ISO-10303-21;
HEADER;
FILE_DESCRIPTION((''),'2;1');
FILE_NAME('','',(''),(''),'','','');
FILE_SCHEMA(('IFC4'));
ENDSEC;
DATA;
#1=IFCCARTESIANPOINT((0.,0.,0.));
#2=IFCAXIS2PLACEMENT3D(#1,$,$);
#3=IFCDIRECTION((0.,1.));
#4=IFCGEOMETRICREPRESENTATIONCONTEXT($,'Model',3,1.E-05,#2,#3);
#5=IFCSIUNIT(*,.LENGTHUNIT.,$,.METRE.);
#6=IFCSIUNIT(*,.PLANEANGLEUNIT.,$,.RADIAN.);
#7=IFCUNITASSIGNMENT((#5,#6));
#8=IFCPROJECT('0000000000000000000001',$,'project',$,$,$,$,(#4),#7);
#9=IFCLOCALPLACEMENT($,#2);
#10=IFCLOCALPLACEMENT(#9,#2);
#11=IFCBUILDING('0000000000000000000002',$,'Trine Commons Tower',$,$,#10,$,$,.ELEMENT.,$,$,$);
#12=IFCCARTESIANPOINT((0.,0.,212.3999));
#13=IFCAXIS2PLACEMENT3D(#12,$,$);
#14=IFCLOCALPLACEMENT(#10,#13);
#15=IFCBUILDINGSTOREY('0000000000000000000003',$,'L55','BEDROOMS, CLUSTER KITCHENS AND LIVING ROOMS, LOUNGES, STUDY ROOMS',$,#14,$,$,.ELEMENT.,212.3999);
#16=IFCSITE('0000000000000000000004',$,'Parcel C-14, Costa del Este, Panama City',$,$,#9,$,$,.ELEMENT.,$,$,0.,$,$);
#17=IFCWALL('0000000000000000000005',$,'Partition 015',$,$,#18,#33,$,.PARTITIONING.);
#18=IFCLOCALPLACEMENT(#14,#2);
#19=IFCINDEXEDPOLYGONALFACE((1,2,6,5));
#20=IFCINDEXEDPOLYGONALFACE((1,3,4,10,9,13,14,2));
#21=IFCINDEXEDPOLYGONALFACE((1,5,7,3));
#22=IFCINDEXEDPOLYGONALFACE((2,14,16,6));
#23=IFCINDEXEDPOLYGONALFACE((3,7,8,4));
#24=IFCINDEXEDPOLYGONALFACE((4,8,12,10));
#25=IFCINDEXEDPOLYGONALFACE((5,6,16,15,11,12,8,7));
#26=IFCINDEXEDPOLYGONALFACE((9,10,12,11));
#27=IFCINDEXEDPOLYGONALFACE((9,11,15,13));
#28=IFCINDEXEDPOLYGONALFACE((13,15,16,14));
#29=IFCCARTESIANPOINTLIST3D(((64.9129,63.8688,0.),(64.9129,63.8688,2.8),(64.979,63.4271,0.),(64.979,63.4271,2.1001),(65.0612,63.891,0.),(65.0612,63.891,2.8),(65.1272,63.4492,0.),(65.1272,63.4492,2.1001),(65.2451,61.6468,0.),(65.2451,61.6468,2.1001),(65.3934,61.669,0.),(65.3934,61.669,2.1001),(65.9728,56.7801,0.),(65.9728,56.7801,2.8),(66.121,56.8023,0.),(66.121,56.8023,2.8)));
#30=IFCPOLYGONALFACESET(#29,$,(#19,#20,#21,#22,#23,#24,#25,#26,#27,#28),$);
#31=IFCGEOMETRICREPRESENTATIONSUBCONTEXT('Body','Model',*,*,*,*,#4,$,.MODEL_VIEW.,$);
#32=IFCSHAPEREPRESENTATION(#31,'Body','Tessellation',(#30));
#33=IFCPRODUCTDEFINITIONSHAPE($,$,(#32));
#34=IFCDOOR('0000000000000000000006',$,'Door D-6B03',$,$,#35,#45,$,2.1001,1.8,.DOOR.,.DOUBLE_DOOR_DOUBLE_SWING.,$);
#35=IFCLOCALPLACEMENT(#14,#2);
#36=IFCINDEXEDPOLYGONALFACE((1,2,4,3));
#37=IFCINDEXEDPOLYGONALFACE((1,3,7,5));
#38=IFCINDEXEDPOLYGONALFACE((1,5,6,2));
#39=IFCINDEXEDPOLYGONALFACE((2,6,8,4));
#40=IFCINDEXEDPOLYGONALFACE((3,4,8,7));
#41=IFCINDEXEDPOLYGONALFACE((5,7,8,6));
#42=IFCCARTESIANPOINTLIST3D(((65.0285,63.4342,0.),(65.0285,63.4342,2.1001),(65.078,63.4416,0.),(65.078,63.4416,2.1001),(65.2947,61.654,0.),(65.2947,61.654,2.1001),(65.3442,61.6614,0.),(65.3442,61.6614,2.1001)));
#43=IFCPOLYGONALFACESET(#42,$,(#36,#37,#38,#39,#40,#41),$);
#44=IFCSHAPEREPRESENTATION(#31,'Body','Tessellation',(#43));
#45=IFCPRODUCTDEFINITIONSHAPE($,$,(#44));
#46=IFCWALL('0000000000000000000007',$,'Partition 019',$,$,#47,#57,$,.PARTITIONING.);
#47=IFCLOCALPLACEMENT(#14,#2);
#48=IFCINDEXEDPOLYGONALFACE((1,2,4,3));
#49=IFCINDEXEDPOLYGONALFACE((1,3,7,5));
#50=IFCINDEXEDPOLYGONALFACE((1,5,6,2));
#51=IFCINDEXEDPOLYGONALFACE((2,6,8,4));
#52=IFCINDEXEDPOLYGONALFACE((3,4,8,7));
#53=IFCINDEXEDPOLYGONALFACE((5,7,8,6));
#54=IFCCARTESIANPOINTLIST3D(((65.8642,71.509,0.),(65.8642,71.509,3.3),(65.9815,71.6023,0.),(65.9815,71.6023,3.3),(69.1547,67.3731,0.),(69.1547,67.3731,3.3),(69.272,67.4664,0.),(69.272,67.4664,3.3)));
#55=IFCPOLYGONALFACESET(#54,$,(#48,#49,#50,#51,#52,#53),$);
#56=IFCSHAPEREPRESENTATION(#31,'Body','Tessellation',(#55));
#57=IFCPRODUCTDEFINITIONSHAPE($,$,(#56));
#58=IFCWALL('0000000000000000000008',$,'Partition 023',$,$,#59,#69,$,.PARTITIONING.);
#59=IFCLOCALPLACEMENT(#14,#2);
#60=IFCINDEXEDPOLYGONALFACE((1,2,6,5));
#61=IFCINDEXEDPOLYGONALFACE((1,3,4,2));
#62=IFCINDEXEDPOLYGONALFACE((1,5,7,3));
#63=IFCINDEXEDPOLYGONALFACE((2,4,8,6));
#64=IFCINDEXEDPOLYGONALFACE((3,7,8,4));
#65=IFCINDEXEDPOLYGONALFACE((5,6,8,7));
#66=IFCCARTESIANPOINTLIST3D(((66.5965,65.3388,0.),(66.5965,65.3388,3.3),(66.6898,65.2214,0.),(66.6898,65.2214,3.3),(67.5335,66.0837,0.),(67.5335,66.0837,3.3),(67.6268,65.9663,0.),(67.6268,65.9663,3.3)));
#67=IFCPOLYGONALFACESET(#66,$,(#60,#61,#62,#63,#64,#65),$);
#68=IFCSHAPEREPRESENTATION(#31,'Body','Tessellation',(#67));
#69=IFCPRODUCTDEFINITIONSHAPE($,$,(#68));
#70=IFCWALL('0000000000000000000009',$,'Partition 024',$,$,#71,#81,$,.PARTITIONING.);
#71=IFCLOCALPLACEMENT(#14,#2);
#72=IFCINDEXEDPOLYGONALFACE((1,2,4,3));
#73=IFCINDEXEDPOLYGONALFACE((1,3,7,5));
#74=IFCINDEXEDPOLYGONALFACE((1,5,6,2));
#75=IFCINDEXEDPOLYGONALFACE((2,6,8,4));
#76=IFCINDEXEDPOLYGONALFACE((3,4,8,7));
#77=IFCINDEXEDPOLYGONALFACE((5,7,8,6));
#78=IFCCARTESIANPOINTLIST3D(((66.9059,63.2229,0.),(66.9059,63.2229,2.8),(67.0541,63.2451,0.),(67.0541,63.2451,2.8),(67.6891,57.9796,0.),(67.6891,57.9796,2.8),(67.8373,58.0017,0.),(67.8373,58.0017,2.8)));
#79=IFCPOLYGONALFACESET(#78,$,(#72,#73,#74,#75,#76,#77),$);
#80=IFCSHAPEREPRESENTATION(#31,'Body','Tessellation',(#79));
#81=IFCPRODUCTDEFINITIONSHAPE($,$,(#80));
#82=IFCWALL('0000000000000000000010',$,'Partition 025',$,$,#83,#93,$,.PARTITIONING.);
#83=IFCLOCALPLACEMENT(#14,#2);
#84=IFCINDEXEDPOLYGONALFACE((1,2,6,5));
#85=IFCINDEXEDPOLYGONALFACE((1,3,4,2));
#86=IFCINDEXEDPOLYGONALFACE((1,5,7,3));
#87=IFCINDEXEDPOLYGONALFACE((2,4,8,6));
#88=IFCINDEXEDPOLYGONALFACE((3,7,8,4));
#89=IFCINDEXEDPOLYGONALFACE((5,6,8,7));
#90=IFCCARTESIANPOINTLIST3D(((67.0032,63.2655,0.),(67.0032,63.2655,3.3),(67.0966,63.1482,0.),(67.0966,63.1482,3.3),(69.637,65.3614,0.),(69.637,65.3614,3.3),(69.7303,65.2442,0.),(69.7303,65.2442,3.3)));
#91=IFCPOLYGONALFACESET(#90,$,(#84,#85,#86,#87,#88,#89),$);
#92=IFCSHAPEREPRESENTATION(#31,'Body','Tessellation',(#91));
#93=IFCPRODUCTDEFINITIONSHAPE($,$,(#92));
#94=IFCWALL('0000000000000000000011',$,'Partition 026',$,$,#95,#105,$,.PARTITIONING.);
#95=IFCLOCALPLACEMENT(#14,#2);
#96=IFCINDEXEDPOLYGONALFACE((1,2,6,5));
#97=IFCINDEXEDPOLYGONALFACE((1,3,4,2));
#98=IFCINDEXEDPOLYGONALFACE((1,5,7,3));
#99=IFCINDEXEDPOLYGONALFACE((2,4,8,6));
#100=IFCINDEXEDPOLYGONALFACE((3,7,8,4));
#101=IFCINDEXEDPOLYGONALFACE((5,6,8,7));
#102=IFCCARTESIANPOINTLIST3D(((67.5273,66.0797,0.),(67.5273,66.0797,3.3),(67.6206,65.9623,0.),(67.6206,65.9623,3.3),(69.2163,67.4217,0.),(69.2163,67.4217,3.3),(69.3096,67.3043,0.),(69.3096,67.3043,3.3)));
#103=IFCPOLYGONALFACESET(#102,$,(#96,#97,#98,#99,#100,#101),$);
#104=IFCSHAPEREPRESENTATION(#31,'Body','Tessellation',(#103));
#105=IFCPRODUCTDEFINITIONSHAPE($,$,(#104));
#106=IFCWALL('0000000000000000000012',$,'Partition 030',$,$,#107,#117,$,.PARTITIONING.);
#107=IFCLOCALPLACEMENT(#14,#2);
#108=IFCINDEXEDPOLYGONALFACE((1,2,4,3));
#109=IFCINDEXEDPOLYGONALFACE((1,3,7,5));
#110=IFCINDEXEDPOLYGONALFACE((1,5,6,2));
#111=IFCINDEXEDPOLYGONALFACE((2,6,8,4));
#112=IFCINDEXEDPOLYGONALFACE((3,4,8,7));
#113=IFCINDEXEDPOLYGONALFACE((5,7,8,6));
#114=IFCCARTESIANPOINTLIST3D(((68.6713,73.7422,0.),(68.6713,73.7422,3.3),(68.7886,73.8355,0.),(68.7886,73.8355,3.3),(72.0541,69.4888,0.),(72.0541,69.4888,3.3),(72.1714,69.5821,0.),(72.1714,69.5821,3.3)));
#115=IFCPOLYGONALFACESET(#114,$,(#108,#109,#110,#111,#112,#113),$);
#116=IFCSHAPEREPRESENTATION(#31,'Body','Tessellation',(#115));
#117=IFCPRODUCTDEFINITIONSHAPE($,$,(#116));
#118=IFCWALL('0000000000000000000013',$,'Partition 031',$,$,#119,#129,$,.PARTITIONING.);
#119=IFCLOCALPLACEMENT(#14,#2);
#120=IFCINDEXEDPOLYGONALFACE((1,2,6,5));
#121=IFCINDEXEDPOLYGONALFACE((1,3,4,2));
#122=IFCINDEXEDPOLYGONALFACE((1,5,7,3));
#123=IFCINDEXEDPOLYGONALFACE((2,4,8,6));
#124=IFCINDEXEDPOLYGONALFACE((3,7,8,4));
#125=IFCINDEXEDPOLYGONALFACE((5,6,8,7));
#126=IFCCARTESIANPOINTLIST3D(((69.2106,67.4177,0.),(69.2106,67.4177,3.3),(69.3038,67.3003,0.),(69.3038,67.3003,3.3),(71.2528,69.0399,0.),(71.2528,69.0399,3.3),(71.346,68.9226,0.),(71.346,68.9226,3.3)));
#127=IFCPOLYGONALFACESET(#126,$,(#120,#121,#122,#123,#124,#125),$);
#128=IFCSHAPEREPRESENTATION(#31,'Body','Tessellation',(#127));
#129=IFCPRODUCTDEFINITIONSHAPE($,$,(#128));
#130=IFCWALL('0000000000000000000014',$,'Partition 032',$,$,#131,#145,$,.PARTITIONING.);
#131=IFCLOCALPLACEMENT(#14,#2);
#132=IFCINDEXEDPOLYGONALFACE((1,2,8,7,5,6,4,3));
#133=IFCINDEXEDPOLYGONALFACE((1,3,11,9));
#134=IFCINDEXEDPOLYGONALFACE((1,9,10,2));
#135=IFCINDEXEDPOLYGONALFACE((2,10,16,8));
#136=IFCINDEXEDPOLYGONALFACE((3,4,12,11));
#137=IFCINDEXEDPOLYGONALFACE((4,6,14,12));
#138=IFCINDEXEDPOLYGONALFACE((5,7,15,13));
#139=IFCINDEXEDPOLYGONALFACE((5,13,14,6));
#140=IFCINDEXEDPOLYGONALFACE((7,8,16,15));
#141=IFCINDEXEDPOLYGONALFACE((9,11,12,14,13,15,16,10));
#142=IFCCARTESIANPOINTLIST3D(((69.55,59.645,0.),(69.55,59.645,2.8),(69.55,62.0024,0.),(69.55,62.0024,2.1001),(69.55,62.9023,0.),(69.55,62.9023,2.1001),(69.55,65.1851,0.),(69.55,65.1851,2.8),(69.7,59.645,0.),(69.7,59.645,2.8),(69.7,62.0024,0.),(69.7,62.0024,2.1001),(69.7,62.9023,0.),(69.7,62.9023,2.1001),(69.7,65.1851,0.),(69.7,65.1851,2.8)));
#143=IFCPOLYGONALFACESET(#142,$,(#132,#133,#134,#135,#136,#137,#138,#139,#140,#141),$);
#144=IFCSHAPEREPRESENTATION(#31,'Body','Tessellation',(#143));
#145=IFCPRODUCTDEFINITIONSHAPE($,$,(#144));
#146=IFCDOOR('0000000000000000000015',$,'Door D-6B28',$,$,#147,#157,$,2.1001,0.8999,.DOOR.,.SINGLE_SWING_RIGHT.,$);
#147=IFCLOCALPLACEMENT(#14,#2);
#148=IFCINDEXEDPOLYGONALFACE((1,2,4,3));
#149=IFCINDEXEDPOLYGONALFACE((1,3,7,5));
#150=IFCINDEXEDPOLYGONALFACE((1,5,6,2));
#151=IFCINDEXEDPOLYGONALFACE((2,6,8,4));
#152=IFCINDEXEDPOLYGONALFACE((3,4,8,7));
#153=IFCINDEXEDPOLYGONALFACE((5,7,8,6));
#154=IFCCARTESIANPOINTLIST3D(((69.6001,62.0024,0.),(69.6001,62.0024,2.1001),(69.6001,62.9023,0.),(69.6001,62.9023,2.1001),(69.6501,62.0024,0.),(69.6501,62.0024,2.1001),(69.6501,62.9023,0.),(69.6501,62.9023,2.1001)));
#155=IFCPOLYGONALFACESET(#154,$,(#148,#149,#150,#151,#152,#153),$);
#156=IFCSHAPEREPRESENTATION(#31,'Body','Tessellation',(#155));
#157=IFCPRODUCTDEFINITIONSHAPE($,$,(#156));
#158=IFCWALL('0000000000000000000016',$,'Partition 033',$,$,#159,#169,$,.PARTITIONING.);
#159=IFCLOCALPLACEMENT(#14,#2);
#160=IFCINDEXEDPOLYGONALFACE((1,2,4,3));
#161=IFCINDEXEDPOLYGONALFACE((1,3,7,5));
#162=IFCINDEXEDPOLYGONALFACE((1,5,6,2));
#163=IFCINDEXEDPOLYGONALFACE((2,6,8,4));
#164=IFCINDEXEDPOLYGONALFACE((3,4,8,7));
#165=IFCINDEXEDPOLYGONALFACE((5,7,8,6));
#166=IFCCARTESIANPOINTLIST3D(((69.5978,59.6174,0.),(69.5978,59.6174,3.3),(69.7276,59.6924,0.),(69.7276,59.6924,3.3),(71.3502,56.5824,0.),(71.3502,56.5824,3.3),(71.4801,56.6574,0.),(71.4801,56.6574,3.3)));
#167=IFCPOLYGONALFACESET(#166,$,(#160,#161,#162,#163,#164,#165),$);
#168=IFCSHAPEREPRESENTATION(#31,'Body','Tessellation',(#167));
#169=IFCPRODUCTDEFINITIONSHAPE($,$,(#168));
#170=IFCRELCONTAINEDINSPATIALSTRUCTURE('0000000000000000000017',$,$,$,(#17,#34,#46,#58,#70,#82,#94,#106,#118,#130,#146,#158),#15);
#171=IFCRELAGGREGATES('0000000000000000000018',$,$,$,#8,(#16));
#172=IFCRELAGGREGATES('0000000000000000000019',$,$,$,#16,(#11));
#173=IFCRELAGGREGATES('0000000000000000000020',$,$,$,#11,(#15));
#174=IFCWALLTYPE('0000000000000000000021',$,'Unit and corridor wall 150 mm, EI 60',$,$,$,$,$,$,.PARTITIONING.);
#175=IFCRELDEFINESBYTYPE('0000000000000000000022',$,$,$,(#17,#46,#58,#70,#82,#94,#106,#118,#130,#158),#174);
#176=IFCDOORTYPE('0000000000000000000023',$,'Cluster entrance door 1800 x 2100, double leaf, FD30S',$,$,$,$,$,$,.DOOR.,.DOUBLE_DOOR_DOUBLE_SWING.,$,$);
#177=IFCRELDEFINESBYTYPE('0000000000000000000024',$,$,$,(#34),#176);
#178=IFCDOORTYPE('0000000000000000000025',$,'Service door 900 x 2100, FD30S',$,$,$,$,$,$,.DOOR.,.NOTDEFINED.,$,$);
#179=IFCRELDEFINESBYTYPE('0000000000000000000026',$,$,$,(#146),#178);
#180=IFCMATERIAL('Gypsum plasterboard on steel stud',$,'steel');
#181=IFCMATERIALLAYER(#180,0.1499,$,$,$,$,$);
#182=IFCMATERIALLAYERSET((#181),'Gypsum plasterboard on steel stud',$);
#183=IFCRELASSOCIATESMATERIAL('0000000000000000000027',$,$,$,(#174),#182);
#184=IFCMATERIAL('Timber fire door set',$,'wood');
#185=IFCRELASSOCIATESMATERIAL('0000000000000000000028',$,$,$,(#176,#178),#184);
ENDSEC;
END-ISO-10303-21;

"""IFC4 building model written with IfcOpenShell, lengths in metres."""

from ifc_helpers import new_model, si_unit, direction, frame, frame_2d, origin, place, context, subcontext, project, spatial, rectangle, extrude, material, layer, layer_set, type_object, element, fill, save


model = new_model("IFC4")

# Units and contexts
model_context = context("Model", 3, precision=1e-05, world=origin(), true_north=direction((0.0, 1.0)))
body_context = subcontext(model_context, "Body", "Model", "MODEL_VIEW")
ifc_project = project(units=[si_unit("LENGTHUNIT", "METRE"), si_unit("PLANEANGLEUNIT", "RADIAN")], contexts=[model_context])

# Site, building, storey
site_placement = place(None, origin())
site = spatial("IfcSite", under=ifc_project, at=site_placement, Name="Parcel C-14, Costa del Este, Panama City", CompositionType="ELEMENT", RefElevation=0.0)
building_placement = place(site_placement, origin())
building = spatial("IfcBuilding", under=site, at=building_placement, Name="Trine Commons Tower", CompositionType="ELEMENT")
storey_placement = place(building_placement, frame((0.0, 0.0, 212.3999)))
storey = spatial("IfcBuildingStorey", under=building, at=storey_placement, Name="L55", Description="BEDROOMS, CLUSTER KITCHENS AND LIVING ROOMS, LOUNGES, STUDY ROOMS", CompositionType="ELEMENT", Elevation=212.3999)

# Wall, opening, door
ifc_material_1 = material(Name="Gypsum plasterboard on steel stud", Category="steel")
ifc_layer_1 = layer(ifc_material_1, 0.1499)
ifc_layer_set_1 = layer_set([ifc_layer_1], Name="Gypsum plasterboard on steel stud")
wall_type_1 = type_object("IfcWallType", Name="Unit and corridor wall 150 mm, EI 60", PredefinedType="PARTITIONING", material=ifc_layer_set_1)
wall_1_placement = place(storey_placement, frame((64.9871, 63.8799, 0.0), z_axis=(0.0, 0.0, 1.0), x_axis=(0.147866, -0.989007, 0.0)))
wall_1 = element("IfcWall", 1, at=wall_1_placement, inside=storey, type_object=wall_type_1, Name="Partition 015", PredefinedType="PARTITIONING", context=body_context, shape_type="SweptSolid", body=[
    extrude(rectangle(XDim=7.1675, YDim=0.1499, at=frame_2d((3.5837, 0.0))), origin(), (0.0, 0.0, 1.0), 2.8),
])
opening_1_placement = place(wall_1_placement, frame((0.4468, 0.0, 0.0)))
opening_1 = element("IfcOpeningElement", 2, at=opening_1_placement, cuts=wall_1, PredefinedType="OPENING", context=body_context, shape_type="SweptSolid", body=[
    extrude(rectangle(XDim=1.8, YDim=2.1001, at=frame_2d((0.8999, 1.05))), frame((0.0, 0.085, 0.0), z_axis=(0.0, -1.0, 0.0), x_axis=(1.0, 0.0, 0.0)), (0.0, 0.0, 1.0), 0.1699),
])
ifc_material_2 = material(Name="Timber fire door set", Category="wood")
door_type_1 = type_object("IfcDoorType", Name="Cluster entrance door 1800 x 2100, double leaf, FD30S", OperationType="DOUBLE_DOOR_DOUBLE_SWING", PredefinedType="DOOR", material=ifc_material_2)
door_1_placement = place(opening_1_placement, frame((1.8, 0.0, 0.0), z_axis=(0.0, 0.0, 1.0), x_axis=(-1.0, 0.0, 0.0)))
door_1 = element("IfcDoor", 3, at=door_1_placement, inside=storey, type_object=door_type_1, Name="Door D-6B03", OperationType="DOUBLE_DOOR_DOUBLE_SWING", OverallHeight=2.1001, OverallWidth=1.8, PredefinedType="DOOR", context=body_context, shape_type="SweptSolid", body=[
    extrude(rectangle(XDim=1.8, YDim=2.1001, at=frame_2d((0.8999, 1.05))), frame((0.0, 0.0249, 0.0), z_axis=(0.0, -1.0, 0.0), x_axis=(1.0, 0.0, 0.0)), (0.0, 0.0, 1.0), 0.05),
])
fill(opening_1, door_1)

# Walls
wall_2_placement = place(storey_placement, frame((65.9229, 71.5557, 0.0), z_axis=(0.0, 0.0, 1.0), x_axis=(0.622586, -0.782551, 0.0)))
element("IfcWall", 4, at=wall_2_placement, inside=storey, type_object=wall_type_1, Name="Partition 019", PredefinedType="PARTITIONING", context=body_context, shape_type="SweptSolid", body=[
    extrude(rectangle(XDim=5.2852, YDim=0.1499, at=frame_2d((2.6426, 0.0))), origin(), (0.0, 0.0, 1.0), 3.3),
])
wall_3_placement = place(storey_placement, frame((66.6431, 65.28, 0.0), z_axis=(0.0, 0.0, 1.0), x_axis=(0.782795, 0.622279, 0.0)))
element("IfcWall", 5, at=wall_3_placement, inside=storey, type_object=wall_type_1, Name="Partition 023", PredefinedType="PARTITIONING", context=body_context, shape_type="SweptSolid", body=[
    extrude(rectangle(XDim=1.197, YDim=0.1499, at=frame_2d((0.5986, 0.0))), origin(), (0.0, 0.0, 1.0), 3.3),
])
wall_4_placement = place(storey_placement, frame((66.98, 63.2341, 0.0), z_axis=(0.0, 0.0, 1.0), x_axis=(0.14773, -0.989028, 0.0)))
element("IfcWall", 6, at=wall_4_placement, inside=storey, type_object=wall_type_1, Name="Partition 024", PredefinedType="PARTITIONING", context=body_context, shape_type="SweptSolid", body=[
    extrude(rectangle(XDim=5.3015, YDim=0.1499, at=frame_2d((2.6509, 0.0))), origin(), (0.0, 0.0, 1.0), 2.8),
])
wall_5_placement = place(storey_placement, frame((67.0498, 63.2068, 0.0), z_axis=(0.0, 0.0, 1.0), x_axis=(0.782473, 0.622685, 0.0)))
element("IfcWall", 7, at=wall_5_placement, inside=storey, type_object=wall_type_1, Name="Partition 025", PredefinedType="PARTITIONING", context=body_context, shape_type="SweptSolid", body=[
    extrude(rectangle(XDim=3.366, YDim=0.1499, at=frame_2d((1.6831, 0.0))), origin(), (0.0, 0.0, 1.0), 3.3),
])
wall_6_placement = place(storey_placement, frame((67.574, 66.021, 0.0), z_axis=(0.0, 0.0, 1.0), x_axis=(0.782929, 0.622111, 0.0)))
element("IfcWall", 8, at=wall_6_placement, inside=storey, type_object=wall_type_1, Name="Partition 026", PredefinedType="PARTITIONING", context=body_context, shape_type="SweptSolid", body=[
    extrude(rectangle(XDim=2.1572, YDim=0.1499, at=frame_2d((1.0786, 0.0))), origin(), (0.0, 0.0, 1.0), 3.3),
])
wall_7_placement = place(storey_placement, frame((68.73, 73.7888, 0.0), z_axis=(0.0, 0.0, 1.0), x_axis=(0.622457, -0.782654, 0.0)))
element("IfcWall", 9, at=wall_7_placement, inside=storey, type_object=wall_type_1, Name="Partition 030", PredefinedType="PARTITIONING", context=body_context, shape_type="SweptSolid", body=[
    extrude(rectangle(XDim=5.4346, YDim=0.1499, at=frame_2d((2.7173, 0.0))), origin(), (0.0, 0.0, 1.0), 3.3),
])
wall_8_placement = place(storey_placement, frame((69.2571, 67.3589, 0.0), z_axis=(0.0, 0.0, 1.0), x_axis=(0.78301, 0.622009, 0.0)))
element("IfcWall", 10, at=wall_8_placement, inside=storey, type_object=wall_type_1, Name="Partition 031", PredefinedType="PARTITIONING", context=body_context, shape_type="SweptSolid", body=[
    extrude(rectangle(XDim=2.6082, YDim=0.1499, at=frame_2d((1.3042, 0.0))), origin(), (0.0, 0.0, 1.0), 3.3),
])

# Wall, opening, door
wall_9_placement = place(storey_placement, frame((69.625, 59.645, 0.0), z_axis=(0.0, 0.0, 1.0), x_axis=(0.0, 1.0, 0.0)))
wall_9 = element("IfcWall", 11, at=wall_9_placement, inside=storey, type_object=wall_type_1, Name="Partition 032", PredefinedType="PARTITIONING", context=body_context, shape_type="SweptSolid", body=[
    extrude(rectangle(XDim=5.54, YDim=0.1499, at=frame_2d((2.77, 0.0))), origin(), (0.0, 0.0, 1.0), 2.8),
])
opening_2_placement = place(wall_9_placement, frame((2.3574, 0.0, 0.0)))
opening_2 = element("IfcOpeningElement", 12, at=opening_2_placement, cuts=wall_9, PredefinedType="OPENING", context=body_context, shape_type="SweptSolid", body=[
    extrude(rectangle(XDim=0.8999, YDim=2.1001, at=frame_2d((0.45, 1.05))), frame((0.0, 0.085, 0.0), z_axis=(0.0, -1.0, 0.0), x_axis=(1.0, 0.0, 0.0)), (0.0, 0.0, 1.0), 0.1699),
])
door_type_2 = type_object("IfcDoorType", Name="Service door 900 x 2100, FD30S", OperationType="NOTDEFINED", PredefinedType="DOOR", material=ifc_material_2)
door_2_placement = place(opening_2_placement, origin())
door_2 = element("IfcDoor", 13, at=door_2_placement, inside=storey, type_object=door_type_2, Name="Door D-6B28", OperationType="SINGLE_SWING_RIGHT", OverallHeight=2.1001, OverallWidth=0.8999, PredefinedType="DOOR", context=body_context, shape_type="SweptSolid", body=[
    extrude(rectangle(XDim=0.8999, YDim=2.1001, at=frame_2d((0.45, 1.05))), frame((0.0, 0.0249, 0.0), z_axis=(0.0, -1.0, 0.0), x_axis=(1.0, 0.0, 0.0)), (0.0, 0.0, 1.0), 0.05),
])
fill(opening_2, door_2)

# Wall
wall_10_placement = place(storey_placement, frame((69.6626, 59.655, 0.0), z_axis=(0.0, 0.0, 1.0), x_axis=(0.50005, -0.865996, 0.0)))
element("IfcWall", 14, at=wall_10_placement, inside=storey, type_object=wall_type_1, Name="Partition 033", PredefinedType="PARTITIONING", context=body_context, shape_type="SweptSolid", body=[
    extrude(rectangle(XDim=3.5046, YDim=0.1499, at=frame_2d((1.7524, 0.0))), origin(), (0.0, 0.0, 1.0), 3.3),
])

save(model, "model.ifc")
